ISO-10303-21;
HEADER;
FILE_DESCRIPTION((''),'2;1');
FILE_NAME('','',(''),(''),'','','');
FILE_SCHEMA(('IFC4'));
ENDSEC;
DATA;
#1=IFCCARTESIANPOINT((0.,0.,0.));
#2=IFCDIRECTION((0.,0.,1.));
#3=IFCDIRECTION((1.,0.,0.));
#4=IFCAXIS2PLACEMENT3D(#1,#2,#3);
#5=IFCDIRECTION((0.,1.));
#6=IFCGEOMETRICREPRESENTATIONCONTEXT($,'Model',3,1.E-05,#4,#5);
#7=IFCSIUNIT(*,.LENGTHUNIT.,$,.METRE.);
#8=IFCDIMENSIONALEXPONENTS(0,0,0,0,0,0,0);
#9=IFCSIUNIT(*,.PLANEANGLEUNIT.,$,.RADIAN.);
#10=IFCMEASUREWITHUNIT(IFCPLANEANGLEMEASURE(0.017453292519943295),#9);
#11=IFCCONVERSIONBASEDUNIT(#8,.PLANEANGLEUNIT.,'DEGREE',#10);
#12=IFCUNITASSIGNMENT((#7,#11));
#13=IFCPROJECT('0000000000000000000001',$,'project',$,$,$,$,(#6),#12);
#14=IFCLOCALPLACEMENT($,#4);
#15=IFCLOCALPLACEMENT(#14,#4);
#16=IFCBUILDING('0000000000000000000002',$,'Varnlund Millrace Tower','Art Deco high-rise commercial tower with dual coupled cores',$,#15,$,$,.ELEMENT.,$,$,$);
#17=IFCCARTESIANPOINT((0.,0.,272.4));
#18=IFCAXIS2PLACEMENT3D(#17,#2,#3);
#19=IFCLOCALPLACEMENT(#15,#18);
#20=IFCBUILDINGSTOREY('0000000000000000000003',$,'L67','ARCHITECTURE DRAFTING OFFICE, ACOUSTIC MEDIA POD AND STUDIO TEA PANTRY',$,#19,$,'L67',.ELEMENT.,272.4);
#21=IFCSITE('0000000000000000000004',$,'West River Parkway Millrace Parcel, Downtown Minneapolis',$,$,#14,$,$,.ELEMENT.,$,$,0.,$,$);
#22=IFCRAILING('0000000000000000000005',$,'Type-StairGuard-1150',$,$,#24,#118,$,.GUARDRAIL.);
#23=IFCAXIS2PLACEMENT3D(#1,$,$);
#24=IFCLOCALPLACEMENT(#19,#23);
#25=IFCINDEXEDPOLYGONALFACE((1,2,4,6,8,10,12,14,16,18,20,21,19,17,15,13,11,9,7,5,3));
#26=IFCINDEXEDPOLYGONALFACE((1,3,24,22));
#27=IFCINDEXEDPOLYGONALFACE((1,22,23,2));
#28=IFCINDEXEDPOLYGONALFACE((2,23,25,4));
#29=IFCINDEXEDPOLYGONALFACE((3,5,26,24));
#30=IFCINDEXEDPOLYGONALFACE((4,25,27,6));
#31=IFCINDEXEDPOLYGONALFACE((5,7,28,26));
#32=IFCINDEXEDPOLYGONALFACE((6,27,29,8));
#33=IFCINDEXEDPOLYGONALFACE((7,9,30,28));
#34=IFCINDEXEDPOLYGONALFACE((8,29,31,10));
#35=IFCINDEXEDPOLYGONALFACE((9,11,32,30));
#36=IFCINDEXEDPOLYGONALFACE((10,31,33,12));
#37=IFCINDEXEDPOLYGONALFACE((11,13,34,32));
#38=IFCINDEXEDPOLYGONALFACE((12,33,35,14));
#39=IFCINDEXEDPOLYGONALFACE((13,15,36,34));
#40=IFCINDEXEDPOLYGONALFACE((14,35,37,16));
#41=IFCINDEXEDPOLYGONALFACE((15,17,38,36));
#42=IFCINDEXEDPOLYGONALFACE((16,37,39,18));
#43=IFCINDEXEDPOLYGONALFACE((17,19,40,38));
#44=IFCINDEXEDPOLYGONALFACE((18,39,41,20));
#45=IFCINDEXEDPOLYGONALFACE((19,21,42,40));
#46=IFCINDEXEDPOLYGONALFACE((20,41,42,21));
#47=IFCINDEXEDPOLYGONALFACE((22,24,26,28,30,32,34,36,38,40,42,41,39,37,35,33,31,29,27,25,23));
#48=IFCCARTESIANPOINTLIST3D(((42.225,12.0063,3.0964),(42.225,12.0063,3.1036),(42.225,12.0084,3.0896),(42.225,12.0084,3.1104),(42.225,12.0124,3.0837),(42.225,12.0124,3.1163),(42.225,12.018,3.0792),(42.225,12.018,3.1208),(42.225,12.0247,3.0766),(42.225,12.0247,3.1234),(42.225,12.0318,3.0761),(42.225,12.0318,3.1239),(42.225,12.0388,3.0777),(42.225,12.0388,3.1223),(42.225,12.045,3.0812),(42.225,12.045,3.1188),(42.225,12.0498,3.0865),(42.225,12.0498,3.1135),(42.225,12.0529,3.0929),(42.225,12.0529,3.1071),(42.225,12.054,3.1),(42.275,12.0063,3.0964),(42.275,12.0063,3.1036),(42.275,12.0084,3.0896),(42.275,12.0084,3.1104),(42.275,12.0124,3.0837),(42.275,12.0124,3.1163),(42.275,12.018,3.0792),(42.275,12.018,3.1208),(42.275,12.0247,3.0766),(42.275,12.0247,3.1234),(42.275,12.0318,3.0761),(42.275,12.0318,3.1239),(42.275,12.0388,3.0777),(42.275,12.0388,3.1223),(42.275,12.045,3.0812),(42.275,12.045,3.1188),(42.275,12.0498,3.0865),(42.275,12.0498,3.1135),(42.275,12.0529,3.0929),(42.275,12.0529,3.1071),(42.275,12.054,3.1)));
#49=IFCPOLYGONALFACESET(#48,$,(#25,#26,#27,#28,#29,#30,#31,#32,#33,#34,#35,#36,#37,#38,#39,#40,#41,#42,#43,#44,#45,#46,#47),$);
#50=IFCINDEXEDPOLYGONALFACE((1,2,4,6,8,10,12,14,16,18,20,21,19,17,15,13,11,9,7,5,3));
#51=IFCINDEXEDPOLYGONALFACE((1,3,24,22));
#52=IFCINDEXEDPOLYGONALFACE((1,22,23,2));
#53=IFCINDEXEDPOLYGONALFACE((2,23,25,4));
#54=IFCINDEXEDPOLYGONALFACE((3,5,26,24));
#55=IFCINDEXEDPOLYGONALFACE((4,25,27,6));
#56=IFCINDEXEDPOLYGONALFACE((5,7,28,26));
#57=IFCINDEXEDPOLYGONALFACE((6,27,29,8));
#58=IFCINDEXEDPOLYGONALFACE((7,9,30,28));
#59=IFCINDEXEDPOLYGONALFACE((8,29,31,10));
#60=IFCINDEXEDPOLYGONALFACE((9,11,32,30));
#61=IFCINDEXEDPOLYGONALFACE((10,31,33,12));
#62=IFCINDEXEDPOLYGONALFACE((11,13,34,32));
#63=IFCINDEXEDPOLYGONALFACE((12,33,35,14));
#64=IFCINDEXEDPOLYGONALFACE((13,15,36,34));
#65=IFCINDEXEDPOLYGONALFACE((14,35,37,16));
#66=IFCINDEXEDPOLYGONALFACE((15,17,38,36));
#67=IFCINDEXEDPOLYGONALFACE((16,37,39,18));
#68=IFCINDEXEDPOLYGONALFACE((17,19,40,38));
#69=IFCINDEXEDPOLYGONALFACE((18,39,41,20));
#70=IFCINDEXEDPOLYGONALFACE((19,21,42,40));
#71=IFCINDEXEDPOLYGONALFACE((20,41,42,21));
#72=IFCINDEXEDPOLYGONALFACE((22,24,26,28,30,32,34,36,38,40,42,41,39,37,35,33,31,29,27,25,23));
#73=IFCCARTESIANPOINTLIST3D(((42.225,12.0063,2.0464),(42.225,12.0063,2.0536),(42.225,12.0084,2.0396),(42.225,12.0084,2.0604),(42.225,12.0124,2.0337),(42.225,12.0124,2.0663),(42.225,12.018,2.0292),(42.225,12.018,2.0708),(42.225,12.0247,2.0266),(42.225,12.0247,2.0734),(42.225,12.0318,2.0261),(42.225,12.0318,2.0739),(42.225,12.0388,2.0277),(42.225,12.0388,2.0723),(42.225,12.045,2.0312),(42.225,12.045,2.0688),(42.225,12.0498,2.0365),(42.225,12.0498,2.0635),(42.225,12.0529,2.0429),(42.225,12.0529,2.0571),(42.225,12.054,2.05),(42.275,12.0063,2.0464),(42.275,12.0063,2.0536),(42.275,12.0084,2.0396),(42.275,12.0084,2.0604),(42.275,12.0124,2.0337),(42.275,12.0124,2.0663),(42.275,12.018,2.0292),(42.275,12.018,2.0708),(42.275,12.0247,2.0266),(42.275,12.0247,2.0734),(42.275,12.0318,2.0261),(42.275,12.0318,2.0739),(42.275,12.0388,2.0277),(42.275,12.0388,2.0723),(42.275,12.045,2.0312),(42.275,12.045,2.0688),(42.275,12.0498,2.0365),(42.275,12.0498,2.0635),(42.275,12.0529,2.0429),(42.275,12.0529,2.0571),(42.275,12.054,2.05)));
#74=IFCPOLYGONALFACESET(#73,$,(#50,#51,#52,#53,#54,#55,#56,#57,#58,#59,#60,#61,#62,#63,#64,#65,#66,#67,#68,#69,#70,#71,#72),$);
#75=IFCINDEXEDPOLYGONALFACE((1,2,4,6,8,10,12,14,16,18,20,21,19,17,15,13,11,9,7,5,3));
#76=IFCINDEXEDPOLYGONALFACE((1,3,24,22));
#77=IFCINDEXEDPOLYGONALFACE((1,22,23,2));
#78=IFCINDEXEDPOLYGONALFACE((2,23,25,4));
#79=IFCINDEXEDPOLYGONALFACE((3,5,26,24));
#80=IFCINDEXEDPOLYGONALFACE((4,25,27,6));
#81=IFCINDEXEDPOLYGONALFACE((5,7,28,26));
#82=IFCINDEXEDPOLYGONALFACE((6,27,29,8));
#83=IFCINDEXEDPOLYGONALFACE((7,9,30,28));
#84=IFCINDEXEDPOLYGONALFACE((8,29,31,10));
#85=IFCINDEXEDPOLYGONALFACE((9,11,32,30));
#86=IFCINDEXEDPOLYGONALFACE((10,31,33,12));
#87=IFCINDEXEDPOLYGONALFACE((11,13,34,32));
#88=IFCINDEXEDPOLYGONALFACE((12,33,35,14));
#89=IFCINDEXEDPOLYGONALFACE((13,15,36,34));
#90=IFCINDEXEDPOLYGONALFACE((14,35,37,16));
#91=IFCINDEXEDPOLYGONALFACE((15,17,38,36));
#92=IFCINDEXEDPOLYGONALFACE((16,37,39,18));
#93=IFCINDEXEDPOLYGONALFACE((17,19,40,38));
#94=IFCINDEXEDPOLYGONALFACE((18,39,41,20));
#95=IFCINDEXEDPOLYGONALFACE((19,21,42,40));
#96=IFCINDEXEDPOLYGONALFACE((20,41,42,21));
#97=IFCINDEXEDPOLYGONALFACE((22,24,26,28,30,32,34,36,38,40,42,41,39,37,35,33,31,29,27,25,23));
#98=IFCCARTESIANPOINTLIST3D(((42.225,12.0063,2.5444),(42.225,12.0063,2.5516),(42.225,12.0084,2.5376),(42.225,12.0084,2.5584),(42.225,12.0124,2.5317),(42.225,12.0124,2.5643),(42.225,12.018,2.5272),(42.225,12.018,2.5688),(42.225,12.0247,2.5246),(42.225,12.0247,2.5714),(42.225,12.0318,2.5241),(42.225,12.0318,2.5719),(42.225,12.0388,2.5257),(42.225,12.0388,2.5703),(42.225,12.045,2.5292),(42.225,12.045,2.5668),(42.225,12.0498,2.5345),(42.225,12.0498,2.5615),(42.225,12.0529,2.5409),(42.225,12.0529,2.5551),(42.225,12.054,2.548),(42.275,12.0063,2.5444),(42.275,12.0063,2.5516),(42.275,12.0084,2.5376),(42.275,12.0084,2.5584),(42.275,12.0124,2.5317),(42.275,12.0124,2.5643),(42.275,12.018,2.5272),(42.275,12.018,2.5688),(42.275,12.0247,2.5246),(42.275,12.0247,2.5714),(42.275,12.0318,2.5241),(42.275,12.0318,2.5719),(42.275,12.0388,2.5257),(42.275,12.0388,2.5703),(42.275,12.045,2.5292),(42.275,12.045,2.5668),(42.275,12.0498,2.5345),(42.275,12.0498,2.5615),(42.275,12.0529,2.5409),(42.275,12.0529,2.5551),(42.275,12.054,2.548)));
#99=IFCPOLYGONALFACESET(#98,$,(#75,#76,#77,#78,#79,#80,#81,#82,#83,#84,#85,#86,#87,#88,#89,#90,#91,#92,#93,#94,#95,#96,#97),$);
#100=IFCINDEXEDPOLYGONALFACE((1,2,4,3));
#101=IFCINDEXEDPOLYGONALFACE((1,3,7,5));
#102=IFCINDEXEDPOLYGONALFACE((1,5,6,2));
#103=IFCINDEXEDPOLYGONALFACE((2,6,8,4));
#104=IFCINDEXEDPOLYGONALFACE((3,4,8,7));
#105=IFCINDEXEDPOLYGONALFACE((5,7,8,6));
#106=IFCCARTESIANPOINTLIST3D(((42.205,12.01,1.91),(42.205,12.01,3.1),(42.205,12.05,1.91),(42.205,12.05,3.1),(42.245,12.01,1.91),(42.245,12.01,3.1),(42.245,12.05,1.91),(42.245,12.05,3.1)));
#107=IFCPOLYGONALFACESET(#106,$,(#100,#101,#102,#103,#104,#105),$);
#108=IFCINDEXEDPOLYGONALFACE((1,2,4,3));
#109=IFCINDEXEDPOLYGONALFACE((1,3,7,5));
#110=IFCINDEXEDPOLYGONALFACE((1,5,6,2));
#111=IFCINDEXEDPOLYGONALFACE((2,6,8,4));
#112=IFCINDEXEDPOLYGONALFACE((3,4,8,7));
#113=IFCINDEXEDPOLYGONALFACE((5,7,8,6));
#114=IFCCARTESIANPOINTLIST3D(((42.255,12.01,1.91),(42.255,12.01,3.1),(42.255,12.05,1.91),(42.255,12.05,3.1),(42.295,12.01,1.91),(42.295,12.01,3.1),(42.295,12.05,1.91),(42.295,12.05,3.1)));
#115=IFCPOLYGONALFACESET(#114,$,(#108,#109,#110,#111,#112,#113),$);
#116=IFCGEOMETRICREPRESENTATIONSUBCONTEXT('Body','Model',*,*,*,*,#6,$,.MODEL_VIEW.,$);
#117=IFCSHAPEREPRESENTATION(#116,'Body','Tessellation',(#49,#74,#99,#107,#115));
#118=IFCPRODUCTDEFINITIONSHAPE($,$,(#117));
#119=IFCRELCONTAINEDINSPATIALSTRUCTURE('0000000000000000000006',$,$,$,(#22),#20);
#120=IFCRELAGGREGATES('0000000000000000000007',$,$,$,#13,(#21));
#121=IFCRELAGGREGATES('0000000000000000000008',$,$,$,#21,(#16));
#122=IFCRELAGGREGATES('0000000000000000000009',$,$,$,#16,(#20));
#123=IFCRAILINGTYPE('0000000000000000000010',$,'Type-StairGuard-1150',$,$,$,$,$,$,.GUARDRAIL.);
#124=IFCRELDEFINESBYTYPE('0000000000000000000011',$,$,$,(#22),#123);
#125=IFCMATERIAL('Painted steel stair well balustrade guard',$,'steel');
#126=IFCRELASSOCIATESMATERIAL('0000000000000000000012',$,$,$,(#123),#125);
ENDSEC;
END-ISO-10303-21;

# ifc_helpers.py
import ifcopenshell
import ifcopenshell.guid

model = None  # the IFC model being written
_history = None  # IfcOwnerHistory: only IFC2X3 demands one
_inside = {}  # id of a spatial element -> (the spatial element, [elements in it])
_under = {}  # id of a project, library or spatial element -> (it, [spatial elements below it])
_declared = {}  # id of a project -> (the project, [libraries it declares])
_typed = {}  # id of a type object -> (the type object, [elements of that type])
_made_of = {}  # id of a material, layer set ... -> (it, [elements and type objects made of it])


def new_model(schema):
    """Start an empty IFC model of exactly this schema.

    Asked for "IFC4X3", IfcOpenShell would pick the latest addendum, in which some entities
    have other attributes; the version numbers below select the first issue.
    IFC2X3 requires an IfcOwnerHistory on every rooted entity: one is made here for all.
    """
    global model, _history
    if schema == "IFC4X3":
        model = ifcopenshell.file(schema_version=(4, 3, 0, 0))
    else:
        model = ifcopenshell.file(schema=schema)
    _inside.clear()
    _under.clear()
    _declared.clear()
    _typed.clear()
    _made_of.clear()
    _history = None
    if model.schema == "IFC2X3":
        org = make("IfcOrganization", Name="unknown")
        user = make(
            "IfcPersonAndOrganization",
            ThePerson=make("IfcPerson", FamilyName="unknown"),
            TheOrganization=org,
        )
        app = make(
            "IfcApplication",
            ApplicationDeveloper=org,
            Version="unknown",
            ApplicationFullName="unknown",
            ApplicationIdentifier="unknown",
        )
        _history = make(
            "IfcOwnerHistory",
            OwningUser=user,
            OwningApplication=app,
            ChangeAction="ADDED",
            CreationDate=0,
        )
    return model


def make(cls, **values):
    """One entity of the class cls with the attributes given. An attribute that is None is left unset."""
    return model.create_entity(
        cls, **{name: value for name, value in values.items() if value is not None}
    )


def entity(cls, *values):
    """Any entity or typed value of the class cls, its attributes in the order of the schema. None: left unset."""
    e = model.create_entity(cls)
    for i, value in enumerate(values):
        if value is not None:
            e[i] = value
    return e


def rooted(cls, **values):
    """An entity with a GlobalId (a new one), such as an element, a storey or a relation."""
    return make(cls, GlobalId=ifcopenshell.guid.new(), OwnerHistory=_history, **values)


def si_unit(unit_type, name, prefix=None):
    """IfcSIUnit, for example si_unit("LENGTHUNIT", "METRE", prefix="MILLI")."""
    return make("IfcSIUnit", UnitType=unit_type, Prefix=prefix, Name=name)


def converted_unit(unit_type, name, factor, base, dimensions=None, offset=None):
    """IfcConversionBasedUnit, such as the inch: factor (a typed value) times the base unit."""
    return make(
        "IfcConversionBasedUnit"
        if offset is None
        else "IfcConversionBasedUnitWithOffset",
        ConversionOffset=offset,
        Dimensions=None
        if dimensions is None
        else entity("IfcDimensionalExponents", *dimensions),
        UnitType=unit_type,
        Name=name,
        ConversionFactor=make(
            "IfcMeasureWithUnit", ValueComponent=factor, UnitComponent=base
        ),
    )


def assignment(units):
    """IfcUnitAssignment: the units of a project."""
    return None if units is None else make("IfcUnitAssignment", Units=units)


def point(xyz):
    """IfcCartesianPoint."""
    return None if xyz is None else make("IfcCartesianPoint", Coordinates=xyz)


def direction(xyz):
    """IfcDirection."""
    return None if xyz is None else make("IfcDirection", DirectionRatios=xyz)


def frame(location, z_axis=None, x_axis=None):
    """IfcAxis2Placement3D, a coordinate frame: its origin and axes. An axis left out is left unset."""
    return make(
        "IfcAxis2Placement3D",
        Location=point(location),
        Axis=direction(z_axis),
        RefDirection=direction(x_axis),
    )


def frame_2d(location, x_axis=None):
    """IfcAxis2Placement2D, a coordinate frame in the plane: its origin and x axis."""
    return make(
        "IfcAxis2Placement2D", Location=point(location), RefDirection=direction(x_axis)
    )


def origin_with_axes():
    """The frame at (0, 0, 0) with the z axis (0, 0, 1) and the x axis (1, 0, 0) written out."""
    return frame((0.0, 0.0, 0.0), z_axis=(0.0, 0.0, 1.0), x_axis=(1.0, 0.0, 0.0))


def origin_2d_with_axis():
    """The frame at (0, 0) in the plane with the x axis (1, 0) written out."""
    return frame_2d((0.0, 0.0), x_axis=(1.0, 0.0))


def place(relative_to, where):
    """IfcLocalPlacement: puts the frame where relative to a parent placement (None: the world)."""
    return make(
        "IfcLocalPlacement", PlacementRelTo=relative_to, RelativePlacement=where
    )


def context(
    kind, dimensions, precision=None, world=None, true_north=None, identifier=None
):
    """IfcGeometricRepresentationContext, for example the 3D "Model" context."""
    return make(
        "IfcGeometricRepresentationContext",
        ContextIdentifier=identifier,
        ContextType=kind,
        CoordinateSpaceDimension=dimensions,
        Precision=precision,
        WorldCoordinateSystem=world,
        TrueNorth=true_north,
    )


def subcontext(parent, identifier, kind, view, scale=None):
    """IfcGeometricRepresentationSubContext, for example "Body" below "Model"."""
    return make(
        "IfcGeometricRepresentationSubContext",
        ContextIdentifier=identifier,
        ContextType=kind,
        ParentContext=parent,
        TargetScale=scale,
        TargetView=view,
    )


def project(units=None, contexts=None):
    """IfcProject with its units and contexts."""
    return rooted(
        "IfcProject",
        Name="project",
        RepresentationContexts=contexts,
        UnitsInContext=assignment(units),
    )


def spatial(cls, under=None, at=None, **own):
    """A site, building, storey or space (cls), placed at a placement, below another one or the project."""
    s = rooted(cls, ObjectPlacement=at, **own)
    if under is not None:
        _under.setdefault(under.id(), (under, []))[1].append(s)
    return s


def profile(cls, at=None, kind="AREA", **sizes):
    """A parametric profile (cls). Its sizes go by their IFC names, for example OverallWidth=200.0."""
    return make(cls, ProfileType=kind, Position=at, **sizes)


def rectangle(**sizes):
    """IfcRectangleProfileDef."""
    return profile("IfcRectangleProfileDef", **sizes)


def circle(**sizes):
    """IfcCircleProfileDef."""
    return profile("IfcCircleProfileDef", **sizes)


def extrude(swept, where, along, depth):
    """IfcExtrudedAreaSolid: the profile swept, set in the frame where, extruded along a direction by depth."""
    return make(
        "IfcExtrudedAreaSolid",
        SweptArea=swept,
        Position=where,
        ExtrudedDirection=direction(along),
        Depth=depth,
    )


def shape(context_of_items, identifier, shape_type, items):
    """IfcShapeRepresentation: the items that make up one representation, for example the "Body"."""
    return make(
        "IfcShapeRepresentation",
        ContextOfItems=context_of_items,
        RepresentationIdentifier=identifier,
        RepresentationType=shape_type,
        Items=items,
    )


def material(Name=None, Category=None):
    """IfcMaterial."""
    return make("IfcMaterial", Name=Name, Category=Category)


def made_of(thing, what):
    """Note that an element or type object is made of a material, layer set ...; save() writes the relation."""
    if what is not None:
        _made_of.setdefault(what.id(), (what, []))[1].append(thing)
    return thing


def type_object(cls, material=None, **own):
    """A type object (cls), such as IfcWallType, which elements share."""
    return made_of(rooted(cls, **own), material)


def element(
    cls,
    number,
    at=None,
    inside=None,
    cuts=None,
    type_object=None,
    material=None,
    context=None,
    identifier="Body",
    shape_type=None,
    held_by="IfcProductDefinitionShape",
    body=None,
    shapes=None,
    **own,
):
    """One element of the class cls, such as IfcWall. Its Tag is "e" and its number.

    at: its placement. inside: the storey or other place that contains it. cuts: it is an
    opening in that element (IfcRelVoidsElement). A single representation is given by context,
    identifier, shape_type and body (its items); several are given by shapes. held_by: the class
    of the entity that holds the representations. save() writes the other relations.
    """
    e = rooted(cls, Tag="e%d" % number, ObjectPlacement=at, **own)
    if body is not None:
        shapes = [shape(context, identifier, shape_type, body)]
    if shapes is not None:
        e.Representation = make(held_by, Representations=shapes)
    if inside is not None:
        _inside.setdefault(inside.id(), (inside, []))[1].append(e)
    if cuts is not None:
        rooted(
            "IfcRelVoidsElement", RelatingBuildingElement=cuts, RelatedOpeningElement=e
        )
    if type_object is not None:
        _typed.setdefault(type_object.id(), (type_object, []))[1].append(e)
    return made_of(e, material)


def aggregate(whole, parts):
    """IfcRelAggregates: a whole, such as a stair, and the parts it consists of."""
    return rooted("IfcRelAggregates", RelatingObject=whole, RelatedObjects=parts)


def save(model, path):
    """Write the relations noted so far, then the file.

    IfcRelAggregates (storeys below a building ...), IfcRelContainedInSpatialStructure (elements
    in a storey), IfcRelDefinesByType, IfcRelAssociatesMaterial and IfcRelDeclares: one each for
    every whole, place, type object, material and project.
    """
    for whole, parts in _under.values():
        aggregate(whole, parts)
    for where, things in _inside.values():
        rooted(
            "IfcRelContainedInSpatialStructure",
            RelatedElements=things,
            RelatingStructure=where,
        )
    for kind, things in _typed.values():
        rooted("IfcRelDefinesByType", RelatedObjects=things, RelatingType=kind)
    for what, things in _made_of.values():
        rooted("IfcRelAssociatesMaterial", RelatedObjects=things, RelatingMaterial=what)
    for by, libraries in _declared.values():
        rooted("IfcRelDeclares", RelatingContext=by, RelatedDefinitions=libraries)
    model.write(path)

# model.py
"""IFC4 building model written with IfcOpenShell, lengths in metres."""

from ifc_helpers import new_model, entity, si_unit, converted_unit, direction, frame, origin_with_axes, origin_2d_with_axis, place, context, subcontext, project, spatial, rectangle, circle, extrude, material, type_object, element, save


model = new_model("IFC4")

# Units and contexts
model_context = context("Model", 3, precision=1e-05, world=origin_with_axes(), true_north=direction((0.0, 1.0)))
body_context = subcontext(model_context, "Body", "Model", "MODEL_VIEW")
ifc_project = project(units=[si_unit("LENGTHUNIT", "METRE"), converted_unit("PLANEANGLEUNIT", "DEGREE", entity("IfcPlaneAngleMeasure", 0.017453292519943295), si_unit("PLANEANGLEUNIT", "RADIAN"), dimensions=[0, 0, 0, 0, 0, 0, 0])], contexts=[model_context])

# Site, building, storey
site_placement = place(None, origin_with_axes())
site = spatial("IfcSite", under=ifc_project, at=site_placement, Name="West River Parkway Millrace Parcel, Downtown Minneapolis", CompositionType="ELEMENT", RefElevation=0.0)
building_placement = place(site_placement, origin_with_axes())
building = spatial("IfcBuilding", under=site, at=building_placement, Name="Varnlund Millrace Tower", Description="Art Deco high-rise commercial tower with dual coupled cores", CompositionType="ELEMENT")
storey_placement = place(building_placement, frame((0.0, 0.0, 272.4), z_axis=(0.0, 0.0, 1.0), x_axis=(1.0, 0.0, 0.0)))
storey = spatial("IfcBuildingStorey", under=building, at=storey_placement, Name="L67", Description="ARCHITECTURE DRAFTING OFFICE, ACOUSTIC MEDIA POD AND STUDIO TEA PANTRY", LongName="L67", CompositionType="ELEMENT", Elevation=272.4)

# Railing
ifc_material_1 = material(Name="Painted steel stair well balustrade guard", Category="steel")
railing_type_1 = type_object("IfcRailingType", Name="Type-StairGuard-1150", PredefinedType="GUARDRAIL", material=ifc_material_1)
railing_1_placement = place(storey_placement, frame((0.0, 0.0, -272.4), z_axis=(0.0, 0.0, 1.0), x_axis=(1.0, 0.0, 0.0)))
element("IfcRailing", 1, at=railing_1_placement, inside=storey, type_object=railing_type_1, Name="Type-StairGuard-1150", PredefinedType="GUARDRAIL", context=body_context, shape_type="SweptSolid", body=[
    extrude(circle(Radius=0.024, at=origin_2d_with_axis()), frame((42.225, 12.03, 275.5), z_axis=(1.0, 0.0, 0.0), x_axis=(0.0, 1.0, 0.0)), (0.0, 0.0, 1.0), 0.05),
    extrude(circle(Radius=0.024, at=origin_2d_with_axis()), frame((42.225, 12.03, 274.45), z_axis=(1.0, 0.0, 0.0), x_axis=(0.0, 1.0, 0.0)), (0.0, 0.0, 1.0), 0.05),
    extrude(circle(Radius=0.024, at=origin_2d_with_axis()), frame((42.225, 12.03, 274.948), z_axis=(1.0, 0.0, 0.0), x_axis=(0.0, 1.0, 0.0)), (0.0, 0.0, 1.0), 0.05),
    extrude(rectangle(XDim=0.04, YDim=0.04, at=origin_2d_with_axis()), frame((42.225, 12.03, 274.31), z_axis=(0.0, 0.0, 1.0), x_axis=(1.0, 0.0, 0.0)), (0.0, 0.0, 1.0), 1.19),
    extrude(rectangle(XDim=0.04, YDim=0.04, at=origin_2d_with_axis()), frame((42.275, 12.03, 274.31), z_axis=(0.0, 0.0, 1.0), x_axis=(1.0, 0.0, 0.0)), (0.0, 0.0, 1.0), 1.19),
])

save(model, "model.ifc")
